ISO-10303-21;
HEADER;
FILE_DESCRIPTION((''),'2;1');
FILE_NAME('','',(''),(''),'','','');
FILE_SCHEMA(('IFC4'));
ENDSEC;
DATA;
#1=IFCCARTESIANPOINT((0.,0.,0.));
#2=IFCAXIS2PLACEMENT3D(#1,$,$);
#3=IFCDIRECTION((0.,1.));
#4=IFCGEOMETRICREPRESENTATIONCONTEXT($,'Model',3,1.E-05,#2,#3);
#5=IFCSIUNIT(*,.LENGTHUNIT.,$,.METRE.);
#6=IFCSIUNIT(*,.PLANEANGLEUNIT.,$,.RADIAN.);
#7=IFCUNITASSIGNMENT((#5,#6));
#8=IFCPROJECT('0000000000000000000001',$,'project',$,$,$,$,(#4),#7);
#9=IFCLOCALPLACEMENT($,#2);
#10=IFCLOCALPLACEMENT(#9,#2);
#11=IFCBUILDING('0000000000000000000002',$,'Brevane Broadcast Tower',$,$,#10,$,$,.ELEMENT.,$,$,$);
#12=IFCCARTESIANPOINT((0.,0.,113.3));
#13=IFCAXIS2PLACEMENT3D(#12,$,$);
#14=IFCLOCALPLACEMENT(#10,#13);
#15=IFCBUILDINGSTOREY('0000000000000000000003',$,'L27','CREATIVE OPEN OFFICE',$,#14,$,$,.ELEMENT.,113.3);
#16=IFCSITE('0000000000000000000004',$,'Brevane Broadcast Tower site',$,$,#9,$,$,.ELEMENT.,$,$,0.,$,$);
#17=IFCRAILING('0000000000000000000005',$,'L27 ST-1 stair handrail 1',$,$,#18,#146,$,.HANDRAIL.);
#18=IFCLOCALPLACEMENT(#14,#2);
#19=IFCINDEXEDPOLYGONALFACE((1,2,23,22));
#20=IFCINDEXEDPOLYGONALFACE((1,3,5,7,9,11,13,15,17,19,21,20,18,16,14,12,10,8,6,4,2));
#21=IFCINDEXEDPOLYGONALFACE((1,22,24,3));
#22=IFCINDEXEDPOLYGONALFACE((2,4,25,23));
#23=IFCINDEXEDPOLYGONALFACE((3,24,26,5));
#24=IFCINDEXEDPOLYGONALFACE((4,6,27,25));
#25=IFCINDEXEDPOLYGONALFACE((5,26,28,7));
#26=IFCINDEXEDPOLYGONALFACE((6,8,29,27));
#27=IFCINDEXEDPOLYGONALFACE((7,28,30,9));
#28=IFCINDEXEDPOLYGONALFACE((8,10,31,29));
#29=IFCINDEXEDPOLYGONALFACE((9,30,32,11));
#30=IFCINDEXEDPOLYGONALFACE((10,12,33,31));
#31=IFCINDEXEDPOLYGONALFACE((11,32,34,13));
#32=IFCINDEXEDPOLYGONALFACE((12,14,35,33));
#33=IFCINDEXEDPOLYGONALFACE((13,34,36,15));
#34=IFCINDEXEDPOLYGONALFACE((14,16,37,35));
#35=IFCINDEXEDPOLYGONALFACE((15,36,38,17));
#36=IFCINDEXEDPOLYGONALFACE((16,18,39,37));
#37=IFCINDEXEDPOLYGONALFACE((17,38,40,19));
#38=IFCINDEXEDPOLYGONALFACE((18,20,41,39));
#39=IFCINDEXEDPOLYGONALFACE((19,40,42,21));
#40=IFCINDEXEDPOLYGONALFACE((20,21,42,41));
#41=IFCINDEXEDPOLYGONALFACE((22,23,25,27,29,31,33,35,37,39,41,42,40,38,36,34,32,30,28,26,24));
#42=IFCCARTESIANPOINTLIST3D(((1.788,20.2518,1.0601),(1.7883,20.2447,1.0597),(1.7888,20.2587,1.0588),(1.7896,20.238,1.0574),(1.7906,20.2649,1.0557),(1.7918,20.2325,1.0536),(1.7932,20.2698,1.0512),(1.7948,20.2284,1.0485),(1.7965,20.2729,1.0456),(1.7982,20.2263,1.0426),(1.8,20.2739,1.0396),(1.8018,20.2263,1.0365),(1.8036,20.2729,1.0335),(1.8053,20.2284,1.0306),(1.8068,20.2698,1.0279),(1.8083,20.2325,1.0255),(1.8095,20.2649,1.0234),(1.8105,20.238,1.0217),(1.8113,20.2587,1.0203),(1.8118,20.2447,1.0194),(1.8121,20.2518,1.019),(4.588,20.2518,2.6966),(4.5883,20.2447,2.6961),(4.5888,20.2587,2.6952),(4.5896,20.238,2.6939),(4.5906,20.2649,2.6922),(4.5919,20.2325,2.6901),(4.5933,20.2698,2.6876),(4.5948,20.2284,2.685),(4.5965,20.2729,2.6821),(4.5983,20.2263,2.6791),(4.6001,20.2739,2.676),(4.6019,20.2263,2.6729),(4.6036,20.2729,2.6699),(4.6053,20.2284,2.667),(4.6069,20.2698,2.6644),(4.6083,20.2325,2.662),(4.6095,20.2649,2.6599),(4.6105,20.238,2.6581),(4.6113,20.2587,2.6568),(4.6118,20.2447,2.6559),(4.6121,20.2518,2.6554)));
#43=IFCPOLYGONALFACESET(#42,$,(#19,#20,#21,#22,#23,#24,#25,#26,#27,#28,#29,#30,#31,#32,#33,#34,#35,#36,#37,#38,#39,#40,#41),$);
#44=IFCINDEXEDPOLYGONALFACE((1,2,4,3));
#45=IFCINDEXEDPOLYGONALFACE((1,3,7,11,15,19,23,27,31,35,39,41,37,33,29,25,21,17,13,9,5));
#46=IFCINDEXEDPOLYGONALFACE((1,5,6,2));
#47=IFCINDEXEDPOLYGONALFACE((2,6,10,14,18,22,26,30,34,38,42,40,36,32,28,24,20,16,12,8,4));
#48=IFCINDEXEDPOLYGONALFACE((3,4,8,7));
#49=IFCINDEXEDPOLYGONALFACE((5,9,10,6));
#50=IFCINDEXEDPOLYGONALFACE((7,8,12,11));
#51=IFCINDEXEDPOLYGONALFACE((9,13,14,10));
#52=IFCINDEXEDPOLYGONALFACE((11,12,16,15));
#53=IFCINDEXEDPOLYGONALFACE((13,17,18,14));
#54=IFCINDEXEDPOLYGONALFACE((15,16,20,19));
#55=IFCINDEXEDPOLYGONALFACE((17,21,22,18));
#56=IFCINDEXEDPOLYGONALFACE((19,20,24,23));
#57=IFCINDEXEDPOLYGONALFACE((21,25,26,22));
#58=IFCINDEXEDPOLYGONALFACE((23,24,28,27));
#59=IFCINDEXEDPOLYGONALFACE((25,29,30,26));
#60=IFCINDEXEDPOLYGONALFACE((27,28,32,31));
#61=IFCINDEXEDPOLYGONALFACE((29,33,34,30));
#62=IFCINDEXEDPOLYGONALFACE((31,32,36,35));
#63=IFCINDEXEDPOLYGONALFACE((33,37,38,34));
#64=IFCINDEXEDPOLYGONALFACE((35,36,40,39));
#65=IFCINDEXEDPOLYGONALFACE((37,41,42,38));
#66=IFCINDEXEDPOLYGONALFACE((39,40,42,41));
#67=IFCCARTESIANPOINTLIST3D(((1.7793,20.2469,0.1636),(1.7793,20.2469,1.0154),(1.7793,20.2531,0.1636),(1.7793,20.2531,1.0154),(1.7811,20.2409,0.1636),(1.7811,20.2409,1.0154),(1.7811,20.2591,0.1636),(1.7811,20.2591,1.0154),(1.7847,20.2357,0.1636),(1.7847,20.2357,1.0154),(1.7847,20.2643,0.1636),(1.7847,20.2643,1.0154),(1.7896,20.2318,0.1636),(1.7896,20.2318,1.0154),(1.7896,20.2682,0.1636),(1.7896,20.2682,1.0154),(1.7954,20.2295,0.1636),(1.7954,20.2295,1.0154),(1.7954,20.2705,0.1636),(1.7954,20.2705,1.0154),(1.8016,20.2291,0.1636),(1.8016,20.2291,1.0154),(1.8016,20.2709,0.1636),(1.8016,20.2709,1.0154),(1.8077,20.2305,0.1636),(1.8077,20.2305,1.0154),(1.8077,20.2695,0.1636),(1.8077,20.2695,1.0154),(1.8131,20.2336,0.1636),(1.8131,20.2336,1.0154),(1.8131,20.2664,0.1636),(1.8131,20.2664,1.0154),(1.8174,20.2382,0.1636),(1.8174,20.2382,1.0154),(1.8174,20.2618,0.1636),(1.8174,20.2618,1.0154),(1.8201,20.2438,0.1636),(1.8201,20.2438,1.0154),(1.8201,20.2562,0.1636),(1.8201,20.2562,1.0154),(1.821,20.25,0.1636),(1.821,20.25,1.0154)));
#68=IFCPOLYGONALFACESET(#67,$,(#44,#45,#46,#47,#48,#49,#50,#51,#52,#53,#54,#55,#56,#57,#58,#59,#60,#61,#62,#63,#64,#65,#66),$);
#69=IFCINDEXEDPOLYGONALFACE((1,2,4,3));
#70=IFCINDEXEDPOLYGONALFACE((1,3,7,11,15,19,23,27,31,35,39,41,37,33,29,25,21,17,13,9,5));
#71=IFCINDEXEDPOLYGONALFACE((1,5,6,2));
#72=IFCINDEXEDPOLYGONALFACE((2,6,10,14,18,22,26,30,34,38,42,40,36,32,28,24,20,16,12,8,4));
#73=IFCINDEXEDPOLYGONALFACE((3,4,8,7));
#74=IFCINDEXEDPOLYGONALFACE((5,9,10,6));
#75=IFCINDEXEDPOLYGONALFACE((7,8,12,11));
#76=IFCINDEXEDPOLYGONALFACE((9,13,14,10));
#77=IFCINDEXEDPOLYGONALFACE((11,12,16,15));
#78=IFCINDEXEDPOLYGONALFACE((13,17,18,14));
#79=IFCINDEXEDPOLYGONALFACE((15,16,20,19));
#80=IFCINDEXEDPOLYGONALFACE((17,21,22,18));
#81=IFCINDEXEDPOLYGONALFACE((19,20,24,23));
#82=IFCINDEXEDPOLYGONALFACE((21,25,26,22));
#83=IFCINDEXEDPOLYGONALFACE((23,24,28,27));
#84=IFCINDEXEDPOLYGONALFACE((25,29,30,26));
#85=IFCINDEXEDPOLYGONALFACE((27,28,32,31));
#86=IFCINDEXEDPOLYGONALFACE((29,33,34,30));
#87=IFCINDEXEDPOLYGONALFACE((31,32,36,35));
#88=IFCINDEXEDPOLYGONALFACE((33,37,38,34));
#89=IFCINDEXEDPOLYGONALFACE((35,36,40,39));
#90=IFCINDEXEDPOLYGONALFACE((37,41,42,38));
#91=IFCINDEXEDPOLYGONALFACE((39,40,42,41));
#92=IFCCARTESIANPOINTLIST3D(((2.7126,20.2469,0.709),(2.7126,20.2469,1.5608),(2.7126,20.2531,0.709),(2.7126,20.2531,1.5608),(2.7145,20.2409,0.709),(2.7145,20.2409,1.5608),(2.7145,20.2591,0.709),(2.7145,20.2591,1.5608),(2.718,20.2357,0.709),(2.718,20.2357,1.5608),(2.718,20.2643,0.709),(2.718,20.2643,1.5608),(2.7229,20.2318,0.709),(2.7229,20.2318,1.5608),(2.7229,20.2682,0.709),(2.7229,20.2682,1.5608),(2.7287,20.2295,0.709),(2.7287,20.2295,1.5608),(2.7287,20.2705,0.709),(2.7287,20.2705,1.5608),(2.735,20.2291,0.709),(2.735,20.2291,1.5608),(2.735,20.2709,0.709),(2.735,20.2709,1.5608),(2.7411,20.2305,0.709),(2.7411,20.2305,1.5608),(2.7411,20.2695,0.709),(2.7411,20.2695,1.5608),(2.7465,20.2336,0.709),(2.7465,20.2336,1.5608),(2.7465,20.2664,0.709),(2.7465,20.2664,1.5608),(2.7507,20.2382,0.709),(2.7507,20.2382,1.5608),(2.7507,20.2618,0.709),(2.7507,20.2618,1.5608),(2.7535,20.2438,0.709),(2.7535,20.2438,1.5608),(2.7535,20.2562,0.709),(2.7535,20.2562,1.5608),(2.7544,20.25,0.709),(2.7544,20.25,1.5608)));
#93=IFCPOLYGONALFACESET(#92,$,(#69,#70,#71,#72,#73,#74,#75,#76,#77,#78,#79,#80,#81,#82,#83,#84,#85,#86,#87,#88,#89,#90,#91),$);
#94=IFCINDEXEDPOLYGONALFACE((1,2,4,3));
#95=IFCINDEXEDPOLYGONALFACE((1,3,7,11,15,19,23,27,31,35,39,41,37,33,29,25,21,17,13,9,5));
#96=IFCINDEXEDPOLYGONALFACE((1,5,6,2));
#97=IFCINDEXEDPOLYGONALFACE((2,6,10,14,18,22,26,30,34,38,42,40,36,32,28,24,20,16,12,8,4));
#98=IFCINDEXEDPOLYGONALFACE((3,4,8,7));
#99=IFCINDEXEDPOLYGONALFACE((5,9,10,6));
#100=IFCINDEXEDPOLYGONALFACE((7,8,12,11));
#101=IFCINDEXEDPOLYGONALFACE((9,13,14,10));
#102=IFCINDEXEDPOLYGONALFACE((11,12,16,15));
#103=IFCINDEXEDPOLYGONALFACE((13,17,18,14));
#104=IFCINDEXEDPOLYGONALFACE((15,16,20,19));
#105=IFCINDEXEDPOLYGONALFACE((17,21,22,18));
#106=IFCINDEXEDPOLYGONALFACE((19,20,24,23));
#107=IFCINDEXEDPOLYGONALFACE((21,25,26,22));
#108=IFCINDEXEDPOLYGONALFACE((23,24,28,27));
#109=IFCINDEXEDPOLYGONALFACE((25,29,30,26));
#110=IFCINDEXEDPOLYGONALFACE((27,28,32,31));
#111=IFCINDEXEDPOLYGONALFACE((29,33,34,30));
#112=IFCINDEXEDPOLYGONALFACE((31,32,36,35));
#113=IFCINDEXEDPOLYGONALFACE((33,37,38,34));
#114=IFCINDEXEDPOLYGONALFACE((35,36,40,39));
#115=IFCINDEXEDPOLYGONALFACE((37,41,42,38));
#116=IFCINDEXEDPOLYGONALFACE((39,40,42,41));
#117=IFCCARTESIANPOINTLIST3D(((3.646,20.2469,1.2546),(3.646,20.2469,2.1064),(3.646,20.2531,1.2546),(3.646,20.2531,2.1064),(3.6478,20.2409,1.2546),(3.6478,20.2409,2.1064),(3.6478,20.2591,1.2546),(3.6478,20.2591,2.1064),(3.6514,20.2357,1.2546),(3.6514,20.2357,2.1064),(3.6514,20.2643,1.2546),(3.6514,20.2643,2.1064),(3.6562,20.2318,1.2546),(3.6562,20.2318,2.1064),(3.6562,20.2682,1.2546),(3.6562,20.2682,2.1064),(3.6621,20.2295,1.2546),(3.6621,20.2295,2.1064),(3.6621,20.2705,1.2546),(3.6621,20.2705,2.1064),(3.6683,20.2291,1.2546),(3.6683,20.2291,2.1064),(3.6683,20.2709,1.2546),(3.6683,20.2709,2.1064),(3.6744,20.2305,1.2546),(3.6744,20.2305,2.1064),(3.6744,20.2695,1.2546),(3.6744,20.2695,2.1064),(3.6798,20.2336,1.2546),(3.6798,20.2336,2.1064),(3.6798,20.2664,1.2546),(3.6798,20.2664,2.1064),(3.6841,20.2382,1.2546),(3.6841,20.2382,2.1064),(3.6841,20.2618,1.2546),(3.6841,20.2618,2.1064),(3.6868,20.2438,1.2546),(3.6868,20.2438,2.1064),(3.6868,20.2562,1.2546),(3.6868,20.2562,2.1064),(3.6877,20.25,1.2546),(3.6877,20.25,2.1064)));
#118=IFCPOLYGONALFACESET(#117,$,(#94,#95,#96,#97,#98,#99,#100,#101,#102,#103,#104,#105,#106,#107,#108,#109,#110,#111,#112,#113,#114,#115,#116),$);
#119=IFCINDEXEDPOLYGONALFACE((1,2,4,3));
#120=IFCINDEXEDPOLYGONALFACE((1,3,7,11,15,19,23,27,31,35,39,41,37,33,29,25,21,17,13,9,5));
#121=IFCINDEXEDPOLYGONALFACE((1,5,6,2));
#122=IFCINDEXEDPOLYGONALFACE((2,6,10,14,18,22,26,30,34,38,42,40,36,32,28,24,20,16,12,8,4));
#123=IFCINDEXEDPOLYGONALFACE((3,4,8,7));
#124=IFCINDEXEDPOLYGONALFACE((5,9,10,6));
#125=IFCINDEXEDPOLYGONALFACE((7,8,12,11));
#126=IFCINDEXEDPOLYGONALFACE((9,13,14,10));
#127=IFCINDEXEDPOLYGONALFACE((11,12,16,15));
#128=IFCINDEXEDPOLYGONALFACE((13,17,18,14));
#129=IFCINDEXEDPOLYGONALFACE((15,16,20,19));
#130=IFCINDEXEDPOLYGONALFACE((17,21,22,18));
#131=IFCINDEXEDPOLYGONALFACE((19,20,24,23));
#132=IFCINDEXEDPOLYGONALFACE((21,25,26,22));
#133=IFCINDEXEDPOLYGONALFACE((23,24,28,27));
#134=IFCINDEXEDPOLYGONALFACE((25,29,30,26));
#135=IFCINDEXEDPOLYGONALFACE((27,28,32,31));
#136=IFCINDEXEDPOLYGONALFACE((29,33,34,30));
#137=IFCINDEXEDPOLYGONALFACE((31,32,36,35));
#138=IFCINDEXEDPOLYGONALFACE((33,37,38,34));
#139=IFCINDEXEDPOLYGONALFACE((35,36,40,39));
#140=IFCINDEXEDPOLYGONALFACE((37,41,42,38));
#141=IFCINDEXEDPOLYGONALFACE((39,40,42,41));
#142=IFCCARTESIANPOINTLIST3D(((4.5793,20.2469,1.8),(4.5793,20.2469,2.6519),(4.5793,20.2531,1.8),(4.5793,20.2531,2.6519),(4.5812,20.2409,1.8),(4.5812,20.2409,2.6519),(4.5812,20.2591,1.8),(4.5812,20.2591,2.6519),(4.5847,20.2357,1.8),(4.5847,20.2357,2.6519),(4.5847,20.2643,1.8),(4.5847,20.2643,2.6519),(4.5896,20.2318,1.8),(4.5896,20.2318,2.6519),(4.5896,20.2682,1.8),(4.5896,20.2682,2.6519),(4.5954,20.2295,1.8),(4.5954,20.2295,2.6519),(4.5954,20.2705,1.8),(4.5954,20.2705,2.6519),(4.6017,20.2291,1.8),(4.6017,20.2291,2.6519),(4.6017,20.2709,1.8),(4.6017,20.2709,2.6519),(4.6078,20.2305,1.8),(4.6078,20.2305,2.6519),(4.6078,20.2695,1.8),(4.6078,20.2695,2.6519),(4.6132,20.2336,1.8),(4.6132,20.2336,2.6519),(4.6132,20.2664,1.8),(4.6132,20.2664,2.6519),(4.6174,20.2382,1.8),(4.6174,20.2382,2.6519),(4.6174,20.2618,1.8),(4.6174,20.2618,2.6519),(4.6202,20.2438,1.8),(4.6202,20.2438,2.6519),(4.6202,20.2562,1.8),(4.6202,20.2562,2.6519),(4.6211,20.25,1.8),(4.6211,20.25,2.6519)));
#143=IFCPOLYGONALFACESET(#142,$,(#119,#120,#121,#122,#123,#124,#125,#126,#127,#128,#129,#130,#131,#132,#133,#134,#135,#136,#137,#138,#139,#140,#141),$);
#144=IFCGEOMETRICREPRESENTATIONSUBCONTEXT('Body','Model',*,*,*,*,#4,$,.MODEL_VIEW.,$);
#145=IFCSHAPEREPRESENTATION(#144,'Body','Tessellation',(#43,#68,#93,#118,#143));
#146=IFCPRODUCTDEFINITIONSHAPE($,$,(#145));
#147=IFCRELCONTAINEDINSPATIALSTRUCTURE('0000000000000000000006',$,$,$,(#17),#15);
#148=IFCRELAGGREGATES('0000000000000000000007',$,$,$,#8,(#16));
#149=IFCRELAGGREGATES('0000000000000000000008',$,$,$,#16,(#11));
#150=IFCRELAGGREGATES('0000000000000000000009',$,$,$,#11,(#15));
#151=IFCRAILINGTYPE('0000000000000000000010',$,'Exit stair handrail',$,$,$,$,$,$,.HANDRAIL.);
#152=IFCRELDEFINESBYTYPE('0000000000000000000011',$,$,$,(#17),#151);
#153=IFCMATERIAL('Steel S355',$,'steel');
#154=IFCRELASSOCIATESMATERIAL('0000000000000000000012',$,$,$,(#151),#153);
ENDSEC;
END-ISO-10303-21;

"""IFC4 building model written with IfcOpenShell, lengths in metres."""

from ifc_helpers import new_model, si_unit, direction, frame, origin, origin_2d, place, context, subcontext, project, spatial, circle, extrude, material, type_object, element, save


model = new_model("IFC4")

# Units and contexts
model_context = context("Model", 3, precision=1e-05, world=origin(), true_north=direction((0.0, 1.0)))
body_context = subcontext(model_context, "Body", "Model", "MODEL_VIEW")
ifc_project = project(units=[si_unit("LENGTHUNIT", "METRE"), si_unit("PLANEANGLEUNIT", "RADIAN")], contexts=[model_context])

# Site, building, storey
site_placement = place(None, origin())
site = spatial("IfcSite", under=ifc_project, at=site_placement, Name="Brevane Broadcast Tower site", CompositionType="ELEMENT", RefElevation=0.0)
building_placement = place(site_placement, origin())
building = spatial("IfcBuilding", under=site, at=building_placement, Name="Brevane Broadcast Tower", CompositionType="ELEMENT")
storey_placement = place(building_placement, frame((0.0, 0.0, 113.3)))
storey = spatial("IfcBuildingStorey", under=building, at=storey_placement, Name="L27", Description="CREATIVE OPEN OFFICE", CompositionType="ELEMENT", Elevation=113.3)

# Railing
ifc_material_1 = material(Name="Steel S355", Category="steel")
railing_type = type_object("IfcRailingType", Name="Exit stair handrail", PredefinedType="HANDRAIL", material=ifc_material_1)
railing_placement = place(storey_placement, frame((1.8, 20.25, 0.1636)))
element("IfcRailing", 1, at=railing_placement, inside=storey, type_object=railing_type, Name="L27 ST-1 stair handrail 1", PredefinedType="HANDRAIL", context=body_context, shape_type="SweptSolid", body=[
    extrude(circle(Radius=0.0239, at=origin_2d()), frame((0.0, 0.0, 0.876), z_axis=(0.863361, 0.0, 0.504587), x_axis=(0.0, 1.0, 0.0)), (0.0, 0.0, 1.0), 3.2432),
    extrude(circle(Radius=0.021, at=origin_2d()), origin(), (0.0, 0.0, 1.0), 0.8518),
    extrude(circle(Radius=0.021, at=origin_2d()), frame((0.9333, 0.0, 0.5454)), (0.0, 0.0, 1.0), 0.8518),
    extrude(circle(Radius=0.021, at=origin_2d()), frame((1.8667, 0.0, 1.0911)), (0.0, 0.0, 1.0), 0.8518),
    extrude(circle(Radius=0.021, at=origin_2d()), frame((2.8, 0.0, 1.6365)), (0.0, 0.0, 1.0), 0.8518),
])

save(model, "model.ifc")
